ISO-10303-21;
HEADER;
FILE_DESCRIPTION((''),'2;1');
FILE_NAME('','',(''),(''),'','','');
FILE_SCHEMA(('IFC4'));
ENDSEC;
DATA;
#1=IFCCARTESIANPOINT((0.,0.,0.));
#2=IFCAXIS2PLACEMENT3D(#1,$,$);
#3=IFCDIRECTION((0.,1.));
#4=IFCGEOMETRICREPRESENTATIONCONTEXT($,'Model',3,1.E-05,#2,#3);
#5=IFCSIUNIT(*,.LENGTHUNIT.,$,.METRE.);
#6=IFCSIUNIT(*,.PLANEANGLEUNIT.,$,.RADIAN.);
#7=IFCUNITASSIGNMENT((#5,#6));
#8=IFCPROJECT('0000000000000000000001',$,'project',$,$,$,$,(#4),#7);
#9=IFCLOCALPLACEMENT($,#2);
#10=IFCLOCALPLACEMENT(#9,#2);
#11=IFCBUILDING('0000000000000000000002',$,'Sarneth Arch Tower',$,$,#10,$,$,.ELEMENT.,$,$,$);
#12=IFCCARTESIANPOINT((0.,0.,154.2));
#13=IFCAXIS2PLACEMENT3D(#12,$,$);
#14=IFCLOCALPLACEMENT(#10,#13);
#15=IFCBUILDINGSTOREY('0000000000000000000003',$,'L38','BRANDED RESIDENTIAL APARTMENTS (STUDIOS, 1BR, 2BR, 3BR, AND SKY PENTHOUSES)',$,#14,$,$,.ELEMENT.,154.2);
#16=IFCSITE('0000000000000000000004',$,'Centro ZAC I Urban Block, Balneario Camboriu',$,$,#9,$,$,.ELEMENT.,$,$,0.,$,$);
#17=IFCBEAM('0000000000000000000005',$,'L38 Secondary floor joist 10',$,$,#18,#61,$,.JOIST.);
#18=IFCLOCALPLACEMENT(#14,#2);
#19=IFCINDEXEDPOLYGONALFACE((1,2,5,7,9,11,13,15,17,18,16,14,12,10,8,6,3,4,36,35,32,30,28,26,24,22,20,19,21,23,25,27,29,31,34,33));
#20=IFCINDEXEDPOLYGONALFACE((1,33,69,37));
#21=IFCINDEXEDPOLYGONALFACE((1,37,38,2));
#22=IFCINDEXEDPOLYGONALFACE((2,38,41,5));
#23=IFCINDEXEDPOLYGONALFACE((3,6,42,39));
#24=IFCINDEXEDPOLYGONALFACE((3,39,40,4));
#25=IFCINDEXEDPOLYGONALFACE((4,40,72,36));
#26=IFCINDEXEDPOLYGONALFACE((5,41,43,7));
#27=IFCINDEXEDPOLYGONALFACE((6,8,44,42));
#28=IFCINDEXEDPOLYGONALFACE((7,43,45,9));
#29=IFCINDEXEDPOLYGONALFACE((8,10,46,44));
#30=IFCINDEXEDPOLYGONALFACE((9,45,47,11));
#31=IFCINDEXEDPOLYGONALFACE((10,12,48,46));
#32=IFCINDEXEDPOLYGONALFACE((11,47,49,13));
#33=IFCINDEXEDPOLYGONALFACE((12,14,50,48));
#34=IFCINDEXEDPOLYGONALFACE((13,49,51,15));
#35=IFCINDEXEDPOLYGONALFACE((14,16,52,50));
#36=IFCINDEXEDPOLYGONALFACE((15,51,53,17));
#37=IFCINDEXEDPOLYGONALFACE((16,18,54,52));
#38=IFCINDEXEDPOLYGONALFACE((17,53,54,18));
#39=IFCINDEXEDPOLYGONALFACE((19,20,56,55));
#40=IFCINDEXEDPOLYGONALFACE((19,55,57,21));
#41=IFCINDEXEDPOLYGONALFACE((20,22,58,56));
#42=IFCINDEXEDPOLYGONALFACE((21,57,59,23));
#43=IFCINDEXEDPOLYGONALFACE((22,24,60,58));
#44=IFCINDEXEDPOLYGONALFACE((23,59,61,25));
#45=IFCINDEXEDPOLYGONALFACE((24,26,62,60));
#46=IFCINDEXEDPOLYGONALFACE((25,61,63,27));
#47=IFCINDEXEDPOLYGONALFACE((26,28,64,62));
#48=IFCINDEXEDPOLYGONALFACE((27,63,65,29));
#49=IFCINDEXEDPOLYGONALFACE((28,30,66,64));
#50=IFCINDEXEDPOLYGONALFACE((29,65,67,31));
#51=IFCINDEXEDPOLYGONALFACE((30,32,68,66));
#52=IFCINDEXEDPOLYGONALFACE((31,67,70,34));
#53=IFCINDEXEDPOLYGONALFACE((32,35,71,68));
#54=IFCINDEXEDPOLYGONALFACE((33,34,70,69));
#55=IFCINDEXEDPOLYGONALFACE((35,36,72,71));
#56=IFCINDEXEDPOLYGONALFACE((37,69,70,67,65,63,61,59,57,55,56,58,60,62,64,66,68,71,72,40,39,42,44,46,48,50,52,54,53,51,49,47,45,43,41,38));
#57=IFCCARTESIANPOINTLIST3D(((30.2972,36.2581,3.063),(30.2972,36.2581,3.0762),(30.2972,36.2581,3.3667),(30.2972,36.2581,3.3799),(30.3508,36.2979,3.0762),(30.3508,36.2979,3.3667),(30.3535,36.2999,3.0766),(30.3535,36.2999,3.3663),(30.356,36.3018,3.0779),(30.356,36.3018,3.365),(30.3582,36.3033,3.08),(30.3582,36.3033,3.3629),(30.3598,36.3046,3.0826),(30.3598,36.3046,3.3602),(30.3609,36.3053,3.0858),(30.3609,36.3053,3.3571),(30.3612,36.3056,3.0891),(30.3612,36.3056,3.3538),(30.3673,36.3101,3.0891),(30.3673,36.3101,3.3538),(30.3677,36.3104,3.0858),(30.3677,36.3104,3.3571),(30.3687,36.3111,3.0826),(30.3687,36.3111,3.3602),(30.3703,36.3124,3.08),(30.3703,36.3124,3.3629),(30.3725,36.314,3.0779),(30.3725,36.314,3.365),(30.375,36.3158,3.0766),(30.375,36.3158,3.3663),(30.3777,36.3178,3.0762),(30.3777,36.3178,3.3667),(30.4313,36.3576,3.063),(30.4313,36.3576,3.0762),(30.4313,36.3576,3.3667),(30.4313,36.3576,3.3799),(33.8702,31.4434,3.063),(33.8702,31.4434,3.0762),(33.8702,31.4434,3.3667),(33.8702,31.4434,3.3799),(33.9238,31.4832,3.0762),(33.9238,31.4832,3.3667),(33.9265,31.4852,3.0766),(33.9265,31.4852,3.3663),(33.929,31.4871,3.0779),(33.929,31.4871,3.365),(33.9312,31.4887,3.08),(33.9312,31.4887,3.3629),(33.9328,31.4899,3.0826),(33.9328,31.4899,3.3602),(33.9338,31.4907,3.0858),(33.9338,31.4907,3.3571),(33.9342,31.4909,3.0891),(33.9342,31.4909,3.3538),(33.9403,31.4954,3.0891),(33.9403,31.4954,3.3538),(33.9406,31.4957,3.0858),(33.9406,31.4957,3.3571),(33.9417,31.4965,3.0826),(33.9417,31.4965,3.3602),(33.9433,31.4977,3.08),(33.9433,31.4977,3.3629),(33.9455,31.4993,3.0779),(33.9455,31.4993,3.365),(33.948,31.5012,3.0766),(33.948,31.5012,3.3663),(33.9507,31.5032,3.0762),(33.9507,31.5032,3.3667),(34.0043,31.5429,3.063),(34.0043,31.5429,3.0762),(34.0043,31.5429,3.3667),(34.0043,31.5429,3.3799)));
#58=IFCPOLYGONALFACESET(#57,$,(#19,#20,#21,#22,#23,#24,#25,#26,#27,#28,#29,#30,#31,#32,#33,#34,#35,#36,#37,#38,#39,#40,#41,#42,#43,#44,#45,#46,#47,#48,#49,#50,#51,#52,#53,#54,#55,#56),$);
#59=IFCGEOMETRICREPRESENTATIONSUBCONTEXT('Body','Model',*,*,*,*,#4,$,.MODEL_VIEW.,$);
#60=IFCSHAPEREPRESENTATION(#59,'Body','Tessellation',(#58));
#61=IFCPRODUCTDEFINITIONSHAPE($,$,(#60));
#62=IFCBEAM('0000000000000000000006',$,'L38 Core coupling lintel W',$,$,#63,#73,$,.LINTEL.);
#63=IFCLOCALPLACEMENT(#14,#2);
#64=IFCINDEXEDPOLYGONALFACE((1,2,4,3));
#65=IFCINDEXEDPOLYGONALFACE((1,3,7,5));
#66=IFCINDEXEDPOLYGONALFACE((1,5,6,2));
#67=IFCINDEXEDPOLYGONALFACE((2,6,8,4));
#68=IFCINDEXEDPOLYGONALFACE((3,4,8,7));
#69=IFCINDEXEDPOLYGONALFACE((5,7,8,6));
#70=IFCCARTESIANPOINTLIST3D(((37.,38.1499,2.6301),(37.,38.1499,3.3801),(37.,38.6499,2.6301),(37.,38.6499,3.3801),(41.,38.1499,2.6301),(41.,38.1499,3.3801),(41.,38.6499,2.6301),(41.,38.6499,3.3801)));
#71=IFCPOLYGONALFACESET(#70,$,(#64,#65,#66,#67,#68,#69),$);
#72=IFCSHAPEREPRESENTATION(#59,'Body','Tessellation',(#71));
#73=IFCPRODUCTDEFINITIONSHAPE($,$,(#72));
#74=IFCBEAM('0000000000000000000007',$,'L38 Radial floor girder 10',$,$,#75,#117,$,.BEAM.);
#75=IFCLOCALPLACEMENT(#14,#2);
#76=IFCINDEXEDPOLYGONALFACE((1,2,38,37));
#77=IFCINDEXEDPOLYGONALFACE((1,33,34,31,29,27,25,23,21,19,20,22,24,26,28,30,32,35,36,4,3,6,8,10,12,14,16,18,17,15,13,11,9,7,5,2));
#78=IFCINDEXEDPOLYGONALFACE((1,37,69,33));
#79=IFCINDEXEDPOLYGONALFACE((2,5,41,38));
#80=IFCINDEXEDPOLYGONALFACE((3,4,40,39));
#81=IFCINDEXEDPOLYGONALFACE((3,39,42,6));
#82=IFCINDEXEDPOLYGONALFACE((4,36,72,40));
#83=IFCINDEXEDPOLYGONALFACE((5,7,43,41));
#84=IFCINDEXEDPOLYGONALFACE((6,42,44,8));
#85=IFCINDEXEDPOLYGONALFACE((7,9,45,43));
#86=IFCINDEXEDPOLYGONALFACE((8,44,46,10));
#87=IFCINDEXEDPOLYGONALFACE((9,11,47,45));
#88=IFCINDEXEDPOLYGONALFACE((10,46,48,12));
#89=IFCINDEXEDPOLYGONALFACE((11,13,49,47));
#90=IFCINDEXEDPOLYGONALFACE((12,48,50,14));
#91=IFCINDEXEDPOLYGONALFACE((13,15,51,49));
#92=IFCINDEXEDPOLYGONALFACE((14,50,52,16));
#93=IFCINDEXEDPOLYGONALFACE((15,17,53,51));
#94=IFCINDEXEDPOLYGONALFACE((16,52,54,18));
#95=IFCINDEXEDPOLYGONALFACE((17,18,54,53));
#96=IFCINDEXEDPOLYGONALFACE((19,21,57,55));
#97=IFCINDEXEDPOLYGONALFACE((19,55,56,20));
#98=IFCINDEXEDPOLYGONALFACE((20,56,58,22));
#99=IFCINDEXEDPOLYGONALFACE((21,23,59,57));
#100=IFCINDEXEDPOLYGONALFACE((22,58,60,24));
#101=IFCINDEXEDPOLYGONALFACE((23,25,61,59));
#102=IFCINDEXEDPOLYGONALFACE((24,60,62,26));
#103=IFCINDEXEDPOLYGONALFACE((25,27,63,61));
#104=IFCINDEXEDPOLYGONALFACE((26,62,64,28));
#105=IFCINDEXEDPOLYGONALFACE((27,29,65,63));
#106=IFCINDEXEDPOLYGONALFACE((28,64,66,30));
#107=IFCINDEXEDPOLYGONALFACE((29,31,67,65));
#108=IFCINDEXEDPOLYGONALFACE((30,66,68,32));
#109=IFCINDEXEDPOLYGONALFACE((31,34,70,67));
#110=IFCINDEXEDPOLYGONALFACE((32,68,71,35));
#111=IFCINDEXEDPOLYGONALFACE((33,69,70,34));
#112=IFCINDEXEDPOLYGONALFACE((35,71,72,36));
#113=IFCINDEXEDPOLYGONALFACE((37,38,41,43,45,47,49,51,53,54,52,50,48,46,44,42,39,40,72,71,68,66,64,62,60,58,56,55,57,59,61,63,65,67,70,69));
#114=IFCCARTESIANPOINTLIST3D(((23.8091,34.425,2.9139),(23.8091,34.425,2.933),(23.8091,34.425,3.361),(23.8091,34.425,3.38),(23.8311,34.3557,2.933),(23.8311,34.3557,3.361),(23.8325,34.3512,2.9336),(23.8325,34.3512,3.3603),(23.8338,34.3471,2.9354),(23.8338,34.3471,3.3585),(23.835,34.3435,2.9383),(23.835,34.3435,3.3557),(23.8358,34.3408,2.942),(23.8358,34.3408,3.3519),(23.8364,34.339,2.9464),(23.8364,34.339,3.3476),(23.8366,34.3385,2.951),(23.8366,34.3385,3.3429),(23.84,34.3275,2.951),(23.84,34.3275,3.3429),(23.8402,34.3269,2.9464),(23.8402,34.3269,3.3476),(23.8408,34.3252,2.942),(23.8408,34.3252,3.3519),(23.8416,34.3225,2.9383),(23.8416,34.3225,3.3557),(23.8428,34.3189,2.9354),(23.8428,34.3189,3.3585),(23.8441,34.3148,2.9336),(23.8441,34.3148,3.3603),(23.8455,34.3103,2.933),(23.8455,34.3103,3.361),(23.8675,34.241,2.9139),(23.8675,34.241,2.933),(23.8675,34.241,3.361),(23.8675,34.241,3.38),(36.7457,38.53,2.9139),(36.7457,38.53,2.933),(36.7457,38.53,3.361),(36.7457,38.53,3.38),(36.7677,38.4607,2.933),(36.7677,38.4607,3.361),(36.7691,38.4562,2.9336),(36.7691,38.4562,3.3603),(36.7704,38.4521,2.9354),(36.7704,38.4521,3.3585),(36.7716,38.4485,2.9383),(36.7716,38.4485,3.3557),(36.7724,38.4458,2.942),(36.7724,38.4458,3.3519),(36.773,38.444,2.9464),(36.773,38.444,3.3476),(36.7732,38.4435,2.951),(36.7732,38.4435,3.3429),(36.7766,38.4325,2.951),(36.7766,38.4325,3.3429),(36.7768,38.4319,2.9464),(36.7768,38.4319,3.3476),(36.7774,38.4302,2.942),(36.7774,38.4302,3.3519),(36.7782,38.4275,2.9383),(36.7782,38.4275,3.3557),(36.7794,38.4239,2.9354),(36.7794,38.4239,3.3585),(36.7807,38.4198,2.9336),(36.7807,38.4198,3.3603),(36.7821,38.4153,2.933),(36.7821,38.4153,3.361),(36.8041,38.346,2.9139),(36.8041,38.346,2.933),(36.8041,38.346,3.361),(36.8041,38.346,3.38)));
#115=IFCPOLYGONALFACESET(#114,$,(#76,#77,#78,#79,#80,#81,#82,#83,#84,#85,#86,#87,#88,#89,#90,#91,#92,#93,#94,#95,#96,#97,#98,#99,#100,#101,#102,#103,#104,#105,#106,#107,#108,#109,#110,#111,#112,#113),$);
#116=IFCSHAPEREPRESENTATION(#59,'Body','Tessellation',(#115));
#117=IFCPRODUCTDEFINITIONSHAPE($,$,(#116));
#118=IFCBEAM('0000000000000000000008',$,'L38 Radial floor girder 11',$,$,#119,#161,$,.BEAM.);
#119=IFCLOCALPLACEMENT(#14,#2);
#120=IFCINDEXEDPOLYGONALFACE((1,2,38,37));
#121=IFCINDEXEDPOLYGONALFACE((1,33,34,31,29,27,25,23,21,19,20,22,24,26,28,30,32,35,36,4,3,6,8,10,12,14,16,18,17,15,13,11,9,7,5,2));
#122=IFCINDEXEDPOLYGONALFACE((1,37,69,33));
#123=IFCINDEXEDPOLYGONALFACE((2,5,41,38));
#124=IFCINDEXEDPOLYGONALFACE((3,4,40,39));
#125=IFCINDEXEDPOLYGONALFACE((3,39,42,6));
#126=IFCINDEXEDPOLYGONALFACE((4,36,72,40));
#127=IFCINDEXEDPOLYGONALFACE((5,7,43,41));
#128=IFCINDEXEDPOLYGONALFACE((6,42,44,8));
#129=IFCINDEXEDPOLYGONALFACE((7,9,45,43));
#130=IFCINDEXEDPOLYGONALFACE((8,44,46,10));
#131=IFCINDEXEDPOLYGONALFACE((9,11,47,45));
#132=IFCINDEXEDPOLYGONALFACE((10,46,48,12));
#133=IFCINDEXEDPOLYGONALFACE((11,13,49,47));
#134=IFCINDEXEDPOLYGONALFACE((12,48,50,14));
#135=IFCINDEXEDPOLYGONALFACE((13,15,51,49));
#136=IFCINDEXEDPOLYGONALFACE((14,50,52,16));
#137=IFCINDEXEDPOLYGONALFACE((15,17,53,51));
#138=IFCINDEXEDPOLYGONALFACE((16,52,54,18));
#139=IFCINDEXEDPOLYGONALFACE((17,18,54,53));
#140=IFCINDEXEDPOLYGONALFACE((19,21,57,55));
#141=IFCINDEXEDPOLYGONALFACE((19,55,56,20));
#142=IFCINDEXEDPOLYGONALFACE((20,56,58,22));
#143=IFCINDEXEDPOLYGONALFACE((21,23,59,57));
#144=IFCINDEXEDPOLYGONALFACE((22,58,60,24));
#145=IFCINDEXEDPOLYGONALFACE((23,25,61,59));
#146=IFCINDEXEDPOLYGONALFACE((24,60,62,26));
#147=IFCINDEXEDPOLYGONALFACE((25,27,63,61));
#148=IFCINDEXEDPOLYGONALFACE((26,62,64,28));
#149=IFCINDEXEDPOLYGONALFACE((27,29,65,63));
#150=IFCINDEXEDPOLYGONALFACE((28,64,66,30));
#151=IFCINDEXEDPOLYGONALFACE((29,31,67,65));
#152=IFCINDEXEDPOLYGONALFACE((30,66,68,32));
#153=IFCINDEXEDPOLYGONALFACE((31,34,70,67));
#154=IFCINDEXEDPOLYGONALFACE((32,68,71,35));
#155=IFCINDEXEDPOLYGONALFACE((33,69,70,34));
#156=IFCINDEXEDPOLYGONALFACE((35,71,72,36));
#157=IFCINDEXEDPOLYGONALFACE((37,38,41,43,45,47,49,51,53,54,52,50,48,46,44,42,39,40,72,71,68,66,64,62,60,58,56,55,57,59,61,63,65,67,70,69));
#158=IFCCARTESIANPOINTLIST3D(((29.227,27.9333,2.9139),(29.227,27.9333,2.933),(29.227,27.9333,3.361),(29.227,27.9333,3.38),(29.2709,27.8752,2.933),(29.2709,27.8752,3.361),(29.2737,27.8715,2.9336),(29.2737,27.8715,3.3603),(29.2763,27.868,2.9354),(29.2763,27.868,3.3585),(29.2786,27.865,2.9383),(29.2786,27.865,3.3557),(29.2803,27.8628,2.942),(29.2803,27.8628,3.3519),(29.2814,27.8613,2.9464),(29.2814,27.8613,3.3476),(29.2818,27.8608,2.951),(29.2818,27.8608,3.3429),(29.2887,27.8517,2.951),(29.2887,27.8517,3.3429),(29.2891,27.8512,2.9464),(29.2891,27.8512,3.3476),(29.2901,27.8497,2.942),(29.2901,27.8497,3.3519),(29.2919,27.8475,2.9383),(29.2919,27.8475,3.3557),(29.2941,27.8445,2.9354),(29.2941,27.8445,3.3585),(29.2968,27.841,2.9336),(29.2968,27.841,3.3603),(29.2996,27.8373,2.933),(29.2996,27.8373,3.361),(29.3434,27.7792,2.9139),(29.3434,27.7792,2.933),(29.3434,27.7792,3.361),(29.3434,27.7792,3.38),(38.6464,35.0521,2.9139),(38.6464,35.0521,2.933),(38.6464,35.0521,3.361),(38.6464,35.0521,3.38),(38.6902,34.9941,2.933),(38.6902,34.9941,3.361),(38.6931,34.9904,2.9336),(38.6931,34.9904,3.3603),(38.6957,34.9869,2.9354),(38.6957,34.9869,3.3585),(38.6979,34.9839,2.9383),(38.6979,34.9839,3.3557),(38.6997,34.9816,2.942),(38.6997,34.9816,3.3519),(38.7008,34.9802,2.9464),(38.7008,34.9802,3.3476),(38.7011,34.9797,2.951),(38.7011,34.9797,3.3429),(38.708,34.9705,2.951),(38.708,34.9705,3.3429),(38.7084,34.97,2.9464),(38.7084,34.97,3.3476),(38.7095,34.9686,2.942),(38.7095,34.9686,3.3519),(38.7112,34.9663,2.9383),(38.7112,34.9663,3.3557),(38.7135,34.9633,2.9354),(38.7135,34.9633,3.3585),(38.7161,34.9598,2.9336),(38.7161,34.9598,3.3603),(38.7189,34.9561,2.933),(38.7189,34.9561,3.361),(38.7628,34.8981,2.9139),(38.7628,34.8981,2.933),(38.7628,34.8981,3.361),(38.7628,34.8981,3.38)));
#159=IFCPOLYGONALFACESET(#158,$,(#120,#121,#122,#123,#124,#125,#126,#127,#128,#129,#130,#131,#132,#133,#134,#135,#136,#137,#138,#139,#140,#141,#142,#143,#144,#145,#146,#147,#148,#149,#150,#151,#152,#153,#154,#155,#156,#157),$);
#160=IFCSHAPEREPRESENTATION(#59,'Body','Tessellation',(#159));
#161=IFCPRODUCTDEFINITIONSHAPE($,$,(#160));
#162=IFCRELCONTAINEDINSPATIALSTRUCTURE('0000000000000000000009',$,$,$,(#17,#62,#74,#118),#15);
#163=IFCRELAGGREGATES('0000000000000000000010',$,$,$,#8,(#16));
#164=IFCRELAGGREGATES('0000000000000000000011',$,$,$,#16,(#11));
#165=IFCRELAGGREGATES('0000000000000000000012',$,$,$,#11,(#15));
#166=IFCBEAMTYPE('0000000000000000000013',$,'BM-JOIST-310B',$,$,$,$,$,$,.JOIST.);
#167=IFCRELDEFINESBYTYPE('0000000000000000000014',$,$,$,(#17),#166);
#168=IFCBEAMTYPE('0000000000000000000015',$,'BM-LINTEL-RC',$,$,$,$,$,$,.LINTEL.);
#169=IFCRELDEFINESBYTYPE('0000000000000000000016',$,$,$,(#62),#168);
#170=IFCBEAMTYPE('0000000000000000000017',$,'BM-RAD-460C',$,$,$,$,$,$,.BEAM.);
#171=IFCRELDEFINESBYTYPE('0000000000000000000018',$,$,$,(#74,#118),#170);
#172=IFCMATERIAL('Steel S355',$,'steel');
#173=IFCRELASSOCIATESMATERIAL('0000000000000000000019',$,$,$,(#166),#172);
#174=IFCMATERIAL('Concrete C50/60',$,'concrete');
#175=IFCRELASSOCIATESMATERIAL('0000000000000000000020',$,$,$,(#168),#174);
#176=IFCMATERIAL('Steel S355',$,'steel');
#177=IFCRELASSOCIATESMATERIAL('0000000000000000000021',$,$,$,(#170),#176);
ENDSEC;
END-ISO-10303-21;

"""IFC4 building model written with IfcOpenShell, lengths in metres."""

from ifc_helpers import new_model, si_unit, direction, frame, origin, origin_2d, place, context, subcontext, project, spatial, rectangle, i_section, extrude, material, material_profile, profile_set, type_object, element, save


model = new_model("IFC4")

# Units and contexts
model_context = context("Model", 3, precision=1e-05, world=origin(), true_north=direction((0.0, 1.0)))
body_context = subcontext(model_context, "Body", "Model", "MODEL_VIEW")
ifc_project = project(units=[si_unit("LENGTHUNIT", "METRE"), si_unit("PLANEANGLEUNIT", "RADIAN")], contexts=[model_context])

# Site, building, storey
site_placement = place(None, origin())
site = spatial("IfcSite", under=ifc_project, at=site_placement, Name="Centro ZAC I Urban Block, Balneario Camboriu", CompositionType="ELEMENT", RefElevation=0.0)
building_placement = place(site_placement, origin())
building = spatial("IfcBuilding", under=site, at=building_placement, Name="Sarneth Arch Tower", CompositionType="ELEMENT")
storey_placement = place(building_placement, frame((0.0, 0.0, 154.2)))
storey = spatial("IfcBuildingStorey", under=building, at=storey_placement, Name="L38", Description="BRANDED RESIDENTIAL APARTMENTS (STUDIOS, 1BR, 2BR, 3BR, AND SKY PENTHOUSES)", CompositionType="ELEMENT", Elevation=154.2)

# Beams
ifc_material_1 = material(Name="Steel S355", Category="steel")
ifc_material_profile_1 = material_profile(ifc_material_1, i_section(OverallWidth=0.167, OverallDepth=0.3169, WebThickness=0.0076, FlangeThickness=0.0132, FilletRadius=0.0129, at=origin_2d()), Name="W310x52")
ifc_profile_set_1 = profile_set([ifc_material_profile_1], Name="Steel S355")
beam_type_1 = type_object("IfcBeamType", Name="BM-JOIST-310B", PredefinedType="JOIST", material=ifc_profile_set_1)
beam_1_placement = place(storey_placement, frame((30.3643, 36.3079, 3.2214), z_axis=(0.595933, -0.803034, 0.0), x_axis=(0.803034, 0.595933, 0.0)))
element("IfcBeam", 1, at=beam_1_placement, inside=storey, type_object=beam_type_1, Name="L38 Secondary floor joist 10", PredefinedType="JOIST", context=body_context, shape_type="SweptSolid", body=[
    extrude(i_section(OverallWidth=0.167, OverallDepth=0.3169, WebThickness=0.0076, FlangeThickness=0.0132, FilletRadius=0.0129, at=origin_2d()), origin(), (0.0, 0.0, 1.0), 5.9956),
])
ifc_material_2 = material(Name="Concrete C50/60", Category="concrete")
ifc_material_profile_2 = material_profile(ifc_material_2, rectangle(XDim=0.5, YDim=0.75, at=origin_2d()), Name="RC-500x750")
ifc_profile_set_2 = profile_set([ifc_material_profile_2], Name="Concrete C50/60")
beam_type_2 = type_object("IfcBeamType", Name="BM-LINTEL-RC", PredefinedType="LINTEL", material=ifc_profile_set_2)
beam_2_placement = place(storey_placement, frame((37.0, 38.3999, 3.0051), z_axis=(1.0, 0.0, 0.0), x_axis=(0.0, 1.0, 0.0)))
element("IfcBeam", 2, at=beam_2_placement, inside=storey, type_object=beam_type_2, Name="L38 Core coupling lintel W", PredefinedType="LINTEL", context=body_context, shape_type="SweptSolid", body=[
    extrude(rectangle(XDim=0.5, YDim=0.75, at=origin_2d()), origin(), (0.0, 0.0, 1.0), 4.0),
])
ifc_material_3 = material(Name="Steel S355", Category="steel")
ifc_material_profile_3 = material_profile(ifc_material_3, i_section(OverallWidth=0.1931, OverallDepth=0.4661, WebThickness=0.0115, FlangeThickness=0.019, FilletRadius=0.0181, at=origin_2d()), Name="W460x97")
ifc_profile_set_3 = profile_set([ifc_material_profile_3], Name="Steel S355")
beam_type_3 = type_object("IfcBeamType", Name="BM-RAD-460C", PredefinedType="BEAM", material=ifc_profile_set_3)
beam_3_placement = place(storey_placement, frame((36.7749, 38.438, 3.147), z_axis=(-0.953164, -0.302455, 0.0), x_axis=(0.302455, -0.953164, 0.0)))
element("IfcBeam", 3, at=beam_3_placement, inside=storey, type_object=beam_type_3, Name="L38 Radial floor girder 10", PredefinedType="BEAM", context=body_context, shape_type="SweptSolid", body=[
    extrude(i_section(OverallWidth=0.1931, OverallDepth=0.4661, WebThickness=0.0115, FlangeThickness=0.019, FilletRadius=0.0181, at=origin_2d()), origin(), (0.0, 0.0, 1.0), 13.5723),
])
beam_4_placement = place(storey_placement, frame((38.7046, 34.9751, 3.147), z_axis=(-0.797786, -0.60294, 0.0), x_axis=(0.60294, -0.797786, 0.0)))
element("IfcBeam", 4, at=beam_4_placement, inside=storey, type_object=beam_type_3, Name="L38 Radial floor girder 11", PredefinedType="BEAM", context=body_context, shape_type="SweptSolid", body=[
    extrude(i_section(OverallWidth=0.1931, OverallDepth=0.4661, WebThickness=0.0115, FlangeThickness=0.019, FilletRadius=0.0181, at=origin_2d()), origin(), (0.0, 0.0, 1.0), 11.8069),
])

save(model, "model.ifc")
